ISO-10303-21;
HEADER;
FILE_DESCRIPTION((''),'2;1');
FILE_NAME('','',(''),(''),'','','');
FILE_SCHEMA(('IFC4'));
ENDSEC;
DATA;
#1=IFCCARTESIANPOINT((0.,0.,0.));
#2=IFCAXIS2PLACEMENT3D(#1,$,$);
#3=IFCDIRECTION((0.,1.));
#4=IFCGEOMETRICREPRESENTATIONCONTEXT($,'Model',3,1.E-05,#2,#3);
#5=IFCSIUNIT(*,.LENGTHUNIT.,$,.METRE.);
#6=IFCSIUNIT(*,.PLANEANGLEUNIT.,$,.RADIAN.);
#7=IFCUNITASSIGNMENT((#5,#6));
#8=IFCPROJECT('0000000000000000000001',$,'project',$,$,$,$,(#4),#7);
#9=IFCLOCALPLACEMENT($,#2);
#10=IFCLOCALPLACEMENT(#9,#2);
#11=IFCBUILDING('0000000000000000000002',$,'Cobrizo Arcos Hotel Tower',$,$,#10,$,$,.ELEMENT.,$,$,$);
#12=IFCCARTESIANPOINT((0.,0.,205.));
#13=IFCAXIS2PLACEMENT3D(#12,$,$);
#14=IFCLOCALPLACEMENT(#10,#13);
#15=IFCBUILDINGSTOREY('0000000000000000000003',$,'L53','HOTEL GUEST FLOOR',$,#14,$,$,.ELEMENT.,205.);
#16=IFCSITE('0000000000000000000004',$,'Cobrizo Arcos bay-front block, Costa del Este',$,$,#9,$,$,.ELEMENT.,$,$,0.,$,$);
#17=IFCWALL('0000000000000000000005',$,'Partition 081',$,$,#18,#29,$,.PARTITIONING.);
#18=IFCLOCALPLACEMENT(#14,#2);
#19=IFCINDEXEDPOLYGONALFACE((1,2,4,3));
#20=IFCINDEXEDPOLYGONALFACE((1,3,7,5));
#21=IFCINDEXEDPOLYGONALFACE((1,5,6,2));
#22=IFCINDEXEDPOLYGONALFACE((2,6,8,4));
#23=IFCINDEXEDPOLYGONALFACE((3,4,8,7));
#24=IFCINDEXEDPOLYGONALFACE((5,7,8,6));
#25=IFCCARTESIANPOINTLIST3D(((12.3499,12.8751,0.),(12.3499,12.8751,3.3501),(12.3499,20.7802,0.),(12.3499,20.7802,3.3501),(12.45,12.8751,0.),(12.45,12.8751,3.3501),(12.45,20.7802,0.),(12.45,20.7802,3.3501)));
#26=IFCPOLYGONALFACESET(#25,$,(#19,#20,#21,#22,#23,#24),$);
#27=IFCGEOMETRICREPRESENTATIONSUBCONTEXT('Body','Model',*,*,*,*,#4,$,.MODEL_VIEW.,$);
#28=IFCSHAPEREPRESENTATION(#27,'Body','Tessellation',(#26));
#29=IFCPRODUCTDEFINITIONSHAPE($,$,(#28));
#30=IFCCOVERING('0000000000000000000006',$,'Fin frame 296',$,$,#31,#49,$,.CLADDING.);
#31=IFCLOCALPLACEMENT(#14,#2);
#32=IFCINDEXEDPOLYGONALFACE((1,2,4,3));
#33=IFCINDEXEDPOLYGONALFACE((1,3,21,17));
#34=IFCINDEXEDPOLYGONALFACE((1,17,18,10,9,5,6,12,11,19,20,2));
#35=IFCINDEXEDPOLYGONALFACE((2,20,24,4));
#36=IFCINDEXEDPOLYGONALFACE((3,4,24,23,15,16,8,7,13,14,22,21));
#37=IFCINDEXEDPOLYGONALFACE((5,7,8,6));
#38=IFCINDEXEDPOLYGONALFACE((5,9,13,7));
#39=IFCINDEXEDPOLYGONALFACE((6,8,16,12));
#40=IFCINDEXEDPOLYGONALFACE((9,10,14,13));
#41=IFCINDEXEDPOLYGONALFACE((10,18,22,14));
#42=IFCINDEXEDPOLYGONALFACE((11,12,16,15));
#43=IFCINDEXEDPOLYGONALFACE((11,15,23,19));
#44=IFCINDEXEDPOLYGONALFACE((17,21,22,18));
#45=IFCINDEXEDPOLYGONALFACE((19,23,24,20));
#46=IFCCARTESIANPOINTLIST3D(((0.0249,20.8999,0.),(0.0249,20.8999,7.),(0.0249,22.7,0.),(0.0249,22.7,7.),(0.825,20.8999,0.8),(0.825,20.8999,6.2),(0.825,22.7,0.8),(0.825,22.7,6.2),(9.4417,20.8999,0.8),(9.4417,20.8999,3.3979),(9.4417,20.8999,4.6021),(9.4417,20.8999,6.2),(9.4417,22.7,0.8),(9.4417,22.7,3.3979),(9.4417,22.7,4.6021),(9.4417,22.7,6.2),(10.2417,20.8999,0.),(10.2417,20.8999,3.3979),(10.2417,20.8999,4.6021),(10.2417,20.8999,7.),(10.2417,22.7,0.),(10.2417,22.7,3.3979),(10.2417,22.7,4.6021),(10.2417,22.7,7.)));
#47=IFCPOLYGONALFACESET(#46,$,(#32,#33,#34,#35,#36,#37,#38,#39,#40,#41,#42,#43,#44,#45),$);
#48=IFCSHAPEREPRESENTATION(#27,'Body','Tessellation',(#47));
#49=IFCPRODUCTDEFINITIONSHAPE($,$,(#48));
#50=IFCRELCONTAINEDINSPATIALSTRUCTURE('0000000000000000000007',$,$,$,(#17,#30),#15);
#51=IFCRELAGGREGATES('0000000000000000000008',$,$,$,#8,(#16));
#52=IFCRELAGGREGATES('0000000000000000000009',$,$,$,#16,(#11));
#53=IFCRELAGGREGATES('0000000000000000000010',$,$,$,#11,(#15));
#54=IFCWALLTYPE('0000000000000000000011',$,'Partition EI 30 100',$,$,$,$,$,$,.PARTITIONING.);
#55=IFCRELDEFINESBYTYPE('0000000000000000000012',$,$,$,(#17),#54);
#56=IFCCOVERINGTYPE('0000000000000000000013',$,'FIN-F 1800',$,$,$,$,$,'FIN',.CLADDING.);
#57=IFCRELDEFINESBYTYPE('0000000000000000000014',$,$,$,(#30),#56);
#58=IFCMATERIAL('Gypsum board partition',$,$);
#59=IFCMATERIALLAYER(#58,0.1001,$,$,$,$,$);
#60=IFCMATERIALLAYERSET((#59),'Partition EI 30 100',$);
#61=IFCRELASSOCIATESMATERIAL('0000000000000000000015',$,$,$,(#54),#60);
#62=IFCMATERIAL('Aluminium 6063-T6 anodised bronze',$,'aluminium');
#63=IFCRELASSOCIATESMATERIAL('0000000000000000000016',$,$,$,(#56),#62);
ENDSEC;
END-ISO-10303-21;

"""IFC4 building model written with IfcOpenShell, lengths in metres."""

from ifc_helpers import new_model, si_unit, direction, frame, frame_2d, origin, place, context, subcontext, project, spatial, polyline, rectangle, outline, extrude, material, layer, layer_set, type_object, element, save


model = new_model("IFC4")

# Units and contexts
model_context = context("Model", 3, precision=1e-05, world=origin(), true_north=direction((0.0, 1.0)))
body_context = subcontext(model_context, "Body", "Model", "MODEL_VIEW")
ifc_project = project(units=[si_unit("LENGTHUNIT", "METRE"), si_unit("PLANEANGLEUNIT", "RADIAN")], contexts=[model_context])

# Site, building, storey
site_placement = place(None, origin())
site = spatial("IfcSite", under=ifc_project, at=site_placement, Name="Cobrizo Arcos bay-front block, Costa del Este", CompositionType="ELEMENT", RefElevation=0.0)
building_placement = place(site_placement, origin())
building = spatial("IfcBuilding", under=site, at=building_placement, Name="Cobrizo Arcos Hotel Tower", CompositionType="ELEMENT")
storey_placement = place(building_placement, frame((0.0, 0.0, 205.0)))
storey = spatial("IfcBuildingStorey", under=building, at=storey_placement, Name="L53", Description="HOTEL GUEST FLOOR", CompositionType="ELEMENT", Elevation=205.0)

# Shared definitions
ifc_material_1 = material(Name="Aluminium 6063-T6 anodised bronze", Category="aluminium")

# Shared definitions
ifc_material_2 = material(Name="Gypsum board partition")
ifc_layer_1 = layer(ifc_material_2, 0.1001)
ifc_layer_set_1 = layer_set([ifc_layer_1], Name="Partition EI 30 100")
wall_type = type_object("IfcWallType", Name="Partition EI 30 100", PredefinedType="PARTITIONING", material=ifc_layer_set_1)

# Wall
wall_1_placement = place(storey_placement, frame((12.3999, 12.875, 0.0), z_axis=(0.0, 0.0, 1.0), x_axis=(0.0, 1.0, 0.0)))
element("IfcWall", 1, at=wall_1_placement, inside=storey, type_object=wall_type, Name="Partition 081", PredefinedType="PARTITIONING", context=body_context, shape_type="SweptSolid", body=[
    extrude(rectangle(XDim=7.905, YDim=0.1001, at=frame_2d((3.9526, 0.0))), origin(), (0.0, 0.0, 1.0), 3.3501),
])

# Covering
covering_type = type_object("IfcCoveringType", Name="FIN-F 1800", ElementType="FIN", PredefinedType="CLADDING", material=ifc_material_1)
covering_placement = place(storey_placement, frame((10.2417, 20.8999, 0.0), z_axis=(0.0, 1.0, 0.0), x_axis=(-1.0, 0.0, 0.0)))
element("IfcCovering", 2, at=covering_placement, inside=storey, type_object=covering_type, Name="Fin frame 296", PredefinedType="CLADDING", context=body_context, shape_type="SweptSolid", body=[
    extrude(outline(polyline([(0.0, 7.0), (0.0, 4.6021), (0.8, 4.6021), (0.8, 6.2), (9.4167, 6.2), (9.4167, 0.8), (0.8, 0.8), (0.8, 3.3979), (0.0, 3.3979), (0.0, 0.0), (10.2168, 0.0), (10.2168, 7.0), (0.0, 7.0)])), origin(), (0.0, 0.0, 1.0), 1.8),
])

save(model, "model.ifc")
